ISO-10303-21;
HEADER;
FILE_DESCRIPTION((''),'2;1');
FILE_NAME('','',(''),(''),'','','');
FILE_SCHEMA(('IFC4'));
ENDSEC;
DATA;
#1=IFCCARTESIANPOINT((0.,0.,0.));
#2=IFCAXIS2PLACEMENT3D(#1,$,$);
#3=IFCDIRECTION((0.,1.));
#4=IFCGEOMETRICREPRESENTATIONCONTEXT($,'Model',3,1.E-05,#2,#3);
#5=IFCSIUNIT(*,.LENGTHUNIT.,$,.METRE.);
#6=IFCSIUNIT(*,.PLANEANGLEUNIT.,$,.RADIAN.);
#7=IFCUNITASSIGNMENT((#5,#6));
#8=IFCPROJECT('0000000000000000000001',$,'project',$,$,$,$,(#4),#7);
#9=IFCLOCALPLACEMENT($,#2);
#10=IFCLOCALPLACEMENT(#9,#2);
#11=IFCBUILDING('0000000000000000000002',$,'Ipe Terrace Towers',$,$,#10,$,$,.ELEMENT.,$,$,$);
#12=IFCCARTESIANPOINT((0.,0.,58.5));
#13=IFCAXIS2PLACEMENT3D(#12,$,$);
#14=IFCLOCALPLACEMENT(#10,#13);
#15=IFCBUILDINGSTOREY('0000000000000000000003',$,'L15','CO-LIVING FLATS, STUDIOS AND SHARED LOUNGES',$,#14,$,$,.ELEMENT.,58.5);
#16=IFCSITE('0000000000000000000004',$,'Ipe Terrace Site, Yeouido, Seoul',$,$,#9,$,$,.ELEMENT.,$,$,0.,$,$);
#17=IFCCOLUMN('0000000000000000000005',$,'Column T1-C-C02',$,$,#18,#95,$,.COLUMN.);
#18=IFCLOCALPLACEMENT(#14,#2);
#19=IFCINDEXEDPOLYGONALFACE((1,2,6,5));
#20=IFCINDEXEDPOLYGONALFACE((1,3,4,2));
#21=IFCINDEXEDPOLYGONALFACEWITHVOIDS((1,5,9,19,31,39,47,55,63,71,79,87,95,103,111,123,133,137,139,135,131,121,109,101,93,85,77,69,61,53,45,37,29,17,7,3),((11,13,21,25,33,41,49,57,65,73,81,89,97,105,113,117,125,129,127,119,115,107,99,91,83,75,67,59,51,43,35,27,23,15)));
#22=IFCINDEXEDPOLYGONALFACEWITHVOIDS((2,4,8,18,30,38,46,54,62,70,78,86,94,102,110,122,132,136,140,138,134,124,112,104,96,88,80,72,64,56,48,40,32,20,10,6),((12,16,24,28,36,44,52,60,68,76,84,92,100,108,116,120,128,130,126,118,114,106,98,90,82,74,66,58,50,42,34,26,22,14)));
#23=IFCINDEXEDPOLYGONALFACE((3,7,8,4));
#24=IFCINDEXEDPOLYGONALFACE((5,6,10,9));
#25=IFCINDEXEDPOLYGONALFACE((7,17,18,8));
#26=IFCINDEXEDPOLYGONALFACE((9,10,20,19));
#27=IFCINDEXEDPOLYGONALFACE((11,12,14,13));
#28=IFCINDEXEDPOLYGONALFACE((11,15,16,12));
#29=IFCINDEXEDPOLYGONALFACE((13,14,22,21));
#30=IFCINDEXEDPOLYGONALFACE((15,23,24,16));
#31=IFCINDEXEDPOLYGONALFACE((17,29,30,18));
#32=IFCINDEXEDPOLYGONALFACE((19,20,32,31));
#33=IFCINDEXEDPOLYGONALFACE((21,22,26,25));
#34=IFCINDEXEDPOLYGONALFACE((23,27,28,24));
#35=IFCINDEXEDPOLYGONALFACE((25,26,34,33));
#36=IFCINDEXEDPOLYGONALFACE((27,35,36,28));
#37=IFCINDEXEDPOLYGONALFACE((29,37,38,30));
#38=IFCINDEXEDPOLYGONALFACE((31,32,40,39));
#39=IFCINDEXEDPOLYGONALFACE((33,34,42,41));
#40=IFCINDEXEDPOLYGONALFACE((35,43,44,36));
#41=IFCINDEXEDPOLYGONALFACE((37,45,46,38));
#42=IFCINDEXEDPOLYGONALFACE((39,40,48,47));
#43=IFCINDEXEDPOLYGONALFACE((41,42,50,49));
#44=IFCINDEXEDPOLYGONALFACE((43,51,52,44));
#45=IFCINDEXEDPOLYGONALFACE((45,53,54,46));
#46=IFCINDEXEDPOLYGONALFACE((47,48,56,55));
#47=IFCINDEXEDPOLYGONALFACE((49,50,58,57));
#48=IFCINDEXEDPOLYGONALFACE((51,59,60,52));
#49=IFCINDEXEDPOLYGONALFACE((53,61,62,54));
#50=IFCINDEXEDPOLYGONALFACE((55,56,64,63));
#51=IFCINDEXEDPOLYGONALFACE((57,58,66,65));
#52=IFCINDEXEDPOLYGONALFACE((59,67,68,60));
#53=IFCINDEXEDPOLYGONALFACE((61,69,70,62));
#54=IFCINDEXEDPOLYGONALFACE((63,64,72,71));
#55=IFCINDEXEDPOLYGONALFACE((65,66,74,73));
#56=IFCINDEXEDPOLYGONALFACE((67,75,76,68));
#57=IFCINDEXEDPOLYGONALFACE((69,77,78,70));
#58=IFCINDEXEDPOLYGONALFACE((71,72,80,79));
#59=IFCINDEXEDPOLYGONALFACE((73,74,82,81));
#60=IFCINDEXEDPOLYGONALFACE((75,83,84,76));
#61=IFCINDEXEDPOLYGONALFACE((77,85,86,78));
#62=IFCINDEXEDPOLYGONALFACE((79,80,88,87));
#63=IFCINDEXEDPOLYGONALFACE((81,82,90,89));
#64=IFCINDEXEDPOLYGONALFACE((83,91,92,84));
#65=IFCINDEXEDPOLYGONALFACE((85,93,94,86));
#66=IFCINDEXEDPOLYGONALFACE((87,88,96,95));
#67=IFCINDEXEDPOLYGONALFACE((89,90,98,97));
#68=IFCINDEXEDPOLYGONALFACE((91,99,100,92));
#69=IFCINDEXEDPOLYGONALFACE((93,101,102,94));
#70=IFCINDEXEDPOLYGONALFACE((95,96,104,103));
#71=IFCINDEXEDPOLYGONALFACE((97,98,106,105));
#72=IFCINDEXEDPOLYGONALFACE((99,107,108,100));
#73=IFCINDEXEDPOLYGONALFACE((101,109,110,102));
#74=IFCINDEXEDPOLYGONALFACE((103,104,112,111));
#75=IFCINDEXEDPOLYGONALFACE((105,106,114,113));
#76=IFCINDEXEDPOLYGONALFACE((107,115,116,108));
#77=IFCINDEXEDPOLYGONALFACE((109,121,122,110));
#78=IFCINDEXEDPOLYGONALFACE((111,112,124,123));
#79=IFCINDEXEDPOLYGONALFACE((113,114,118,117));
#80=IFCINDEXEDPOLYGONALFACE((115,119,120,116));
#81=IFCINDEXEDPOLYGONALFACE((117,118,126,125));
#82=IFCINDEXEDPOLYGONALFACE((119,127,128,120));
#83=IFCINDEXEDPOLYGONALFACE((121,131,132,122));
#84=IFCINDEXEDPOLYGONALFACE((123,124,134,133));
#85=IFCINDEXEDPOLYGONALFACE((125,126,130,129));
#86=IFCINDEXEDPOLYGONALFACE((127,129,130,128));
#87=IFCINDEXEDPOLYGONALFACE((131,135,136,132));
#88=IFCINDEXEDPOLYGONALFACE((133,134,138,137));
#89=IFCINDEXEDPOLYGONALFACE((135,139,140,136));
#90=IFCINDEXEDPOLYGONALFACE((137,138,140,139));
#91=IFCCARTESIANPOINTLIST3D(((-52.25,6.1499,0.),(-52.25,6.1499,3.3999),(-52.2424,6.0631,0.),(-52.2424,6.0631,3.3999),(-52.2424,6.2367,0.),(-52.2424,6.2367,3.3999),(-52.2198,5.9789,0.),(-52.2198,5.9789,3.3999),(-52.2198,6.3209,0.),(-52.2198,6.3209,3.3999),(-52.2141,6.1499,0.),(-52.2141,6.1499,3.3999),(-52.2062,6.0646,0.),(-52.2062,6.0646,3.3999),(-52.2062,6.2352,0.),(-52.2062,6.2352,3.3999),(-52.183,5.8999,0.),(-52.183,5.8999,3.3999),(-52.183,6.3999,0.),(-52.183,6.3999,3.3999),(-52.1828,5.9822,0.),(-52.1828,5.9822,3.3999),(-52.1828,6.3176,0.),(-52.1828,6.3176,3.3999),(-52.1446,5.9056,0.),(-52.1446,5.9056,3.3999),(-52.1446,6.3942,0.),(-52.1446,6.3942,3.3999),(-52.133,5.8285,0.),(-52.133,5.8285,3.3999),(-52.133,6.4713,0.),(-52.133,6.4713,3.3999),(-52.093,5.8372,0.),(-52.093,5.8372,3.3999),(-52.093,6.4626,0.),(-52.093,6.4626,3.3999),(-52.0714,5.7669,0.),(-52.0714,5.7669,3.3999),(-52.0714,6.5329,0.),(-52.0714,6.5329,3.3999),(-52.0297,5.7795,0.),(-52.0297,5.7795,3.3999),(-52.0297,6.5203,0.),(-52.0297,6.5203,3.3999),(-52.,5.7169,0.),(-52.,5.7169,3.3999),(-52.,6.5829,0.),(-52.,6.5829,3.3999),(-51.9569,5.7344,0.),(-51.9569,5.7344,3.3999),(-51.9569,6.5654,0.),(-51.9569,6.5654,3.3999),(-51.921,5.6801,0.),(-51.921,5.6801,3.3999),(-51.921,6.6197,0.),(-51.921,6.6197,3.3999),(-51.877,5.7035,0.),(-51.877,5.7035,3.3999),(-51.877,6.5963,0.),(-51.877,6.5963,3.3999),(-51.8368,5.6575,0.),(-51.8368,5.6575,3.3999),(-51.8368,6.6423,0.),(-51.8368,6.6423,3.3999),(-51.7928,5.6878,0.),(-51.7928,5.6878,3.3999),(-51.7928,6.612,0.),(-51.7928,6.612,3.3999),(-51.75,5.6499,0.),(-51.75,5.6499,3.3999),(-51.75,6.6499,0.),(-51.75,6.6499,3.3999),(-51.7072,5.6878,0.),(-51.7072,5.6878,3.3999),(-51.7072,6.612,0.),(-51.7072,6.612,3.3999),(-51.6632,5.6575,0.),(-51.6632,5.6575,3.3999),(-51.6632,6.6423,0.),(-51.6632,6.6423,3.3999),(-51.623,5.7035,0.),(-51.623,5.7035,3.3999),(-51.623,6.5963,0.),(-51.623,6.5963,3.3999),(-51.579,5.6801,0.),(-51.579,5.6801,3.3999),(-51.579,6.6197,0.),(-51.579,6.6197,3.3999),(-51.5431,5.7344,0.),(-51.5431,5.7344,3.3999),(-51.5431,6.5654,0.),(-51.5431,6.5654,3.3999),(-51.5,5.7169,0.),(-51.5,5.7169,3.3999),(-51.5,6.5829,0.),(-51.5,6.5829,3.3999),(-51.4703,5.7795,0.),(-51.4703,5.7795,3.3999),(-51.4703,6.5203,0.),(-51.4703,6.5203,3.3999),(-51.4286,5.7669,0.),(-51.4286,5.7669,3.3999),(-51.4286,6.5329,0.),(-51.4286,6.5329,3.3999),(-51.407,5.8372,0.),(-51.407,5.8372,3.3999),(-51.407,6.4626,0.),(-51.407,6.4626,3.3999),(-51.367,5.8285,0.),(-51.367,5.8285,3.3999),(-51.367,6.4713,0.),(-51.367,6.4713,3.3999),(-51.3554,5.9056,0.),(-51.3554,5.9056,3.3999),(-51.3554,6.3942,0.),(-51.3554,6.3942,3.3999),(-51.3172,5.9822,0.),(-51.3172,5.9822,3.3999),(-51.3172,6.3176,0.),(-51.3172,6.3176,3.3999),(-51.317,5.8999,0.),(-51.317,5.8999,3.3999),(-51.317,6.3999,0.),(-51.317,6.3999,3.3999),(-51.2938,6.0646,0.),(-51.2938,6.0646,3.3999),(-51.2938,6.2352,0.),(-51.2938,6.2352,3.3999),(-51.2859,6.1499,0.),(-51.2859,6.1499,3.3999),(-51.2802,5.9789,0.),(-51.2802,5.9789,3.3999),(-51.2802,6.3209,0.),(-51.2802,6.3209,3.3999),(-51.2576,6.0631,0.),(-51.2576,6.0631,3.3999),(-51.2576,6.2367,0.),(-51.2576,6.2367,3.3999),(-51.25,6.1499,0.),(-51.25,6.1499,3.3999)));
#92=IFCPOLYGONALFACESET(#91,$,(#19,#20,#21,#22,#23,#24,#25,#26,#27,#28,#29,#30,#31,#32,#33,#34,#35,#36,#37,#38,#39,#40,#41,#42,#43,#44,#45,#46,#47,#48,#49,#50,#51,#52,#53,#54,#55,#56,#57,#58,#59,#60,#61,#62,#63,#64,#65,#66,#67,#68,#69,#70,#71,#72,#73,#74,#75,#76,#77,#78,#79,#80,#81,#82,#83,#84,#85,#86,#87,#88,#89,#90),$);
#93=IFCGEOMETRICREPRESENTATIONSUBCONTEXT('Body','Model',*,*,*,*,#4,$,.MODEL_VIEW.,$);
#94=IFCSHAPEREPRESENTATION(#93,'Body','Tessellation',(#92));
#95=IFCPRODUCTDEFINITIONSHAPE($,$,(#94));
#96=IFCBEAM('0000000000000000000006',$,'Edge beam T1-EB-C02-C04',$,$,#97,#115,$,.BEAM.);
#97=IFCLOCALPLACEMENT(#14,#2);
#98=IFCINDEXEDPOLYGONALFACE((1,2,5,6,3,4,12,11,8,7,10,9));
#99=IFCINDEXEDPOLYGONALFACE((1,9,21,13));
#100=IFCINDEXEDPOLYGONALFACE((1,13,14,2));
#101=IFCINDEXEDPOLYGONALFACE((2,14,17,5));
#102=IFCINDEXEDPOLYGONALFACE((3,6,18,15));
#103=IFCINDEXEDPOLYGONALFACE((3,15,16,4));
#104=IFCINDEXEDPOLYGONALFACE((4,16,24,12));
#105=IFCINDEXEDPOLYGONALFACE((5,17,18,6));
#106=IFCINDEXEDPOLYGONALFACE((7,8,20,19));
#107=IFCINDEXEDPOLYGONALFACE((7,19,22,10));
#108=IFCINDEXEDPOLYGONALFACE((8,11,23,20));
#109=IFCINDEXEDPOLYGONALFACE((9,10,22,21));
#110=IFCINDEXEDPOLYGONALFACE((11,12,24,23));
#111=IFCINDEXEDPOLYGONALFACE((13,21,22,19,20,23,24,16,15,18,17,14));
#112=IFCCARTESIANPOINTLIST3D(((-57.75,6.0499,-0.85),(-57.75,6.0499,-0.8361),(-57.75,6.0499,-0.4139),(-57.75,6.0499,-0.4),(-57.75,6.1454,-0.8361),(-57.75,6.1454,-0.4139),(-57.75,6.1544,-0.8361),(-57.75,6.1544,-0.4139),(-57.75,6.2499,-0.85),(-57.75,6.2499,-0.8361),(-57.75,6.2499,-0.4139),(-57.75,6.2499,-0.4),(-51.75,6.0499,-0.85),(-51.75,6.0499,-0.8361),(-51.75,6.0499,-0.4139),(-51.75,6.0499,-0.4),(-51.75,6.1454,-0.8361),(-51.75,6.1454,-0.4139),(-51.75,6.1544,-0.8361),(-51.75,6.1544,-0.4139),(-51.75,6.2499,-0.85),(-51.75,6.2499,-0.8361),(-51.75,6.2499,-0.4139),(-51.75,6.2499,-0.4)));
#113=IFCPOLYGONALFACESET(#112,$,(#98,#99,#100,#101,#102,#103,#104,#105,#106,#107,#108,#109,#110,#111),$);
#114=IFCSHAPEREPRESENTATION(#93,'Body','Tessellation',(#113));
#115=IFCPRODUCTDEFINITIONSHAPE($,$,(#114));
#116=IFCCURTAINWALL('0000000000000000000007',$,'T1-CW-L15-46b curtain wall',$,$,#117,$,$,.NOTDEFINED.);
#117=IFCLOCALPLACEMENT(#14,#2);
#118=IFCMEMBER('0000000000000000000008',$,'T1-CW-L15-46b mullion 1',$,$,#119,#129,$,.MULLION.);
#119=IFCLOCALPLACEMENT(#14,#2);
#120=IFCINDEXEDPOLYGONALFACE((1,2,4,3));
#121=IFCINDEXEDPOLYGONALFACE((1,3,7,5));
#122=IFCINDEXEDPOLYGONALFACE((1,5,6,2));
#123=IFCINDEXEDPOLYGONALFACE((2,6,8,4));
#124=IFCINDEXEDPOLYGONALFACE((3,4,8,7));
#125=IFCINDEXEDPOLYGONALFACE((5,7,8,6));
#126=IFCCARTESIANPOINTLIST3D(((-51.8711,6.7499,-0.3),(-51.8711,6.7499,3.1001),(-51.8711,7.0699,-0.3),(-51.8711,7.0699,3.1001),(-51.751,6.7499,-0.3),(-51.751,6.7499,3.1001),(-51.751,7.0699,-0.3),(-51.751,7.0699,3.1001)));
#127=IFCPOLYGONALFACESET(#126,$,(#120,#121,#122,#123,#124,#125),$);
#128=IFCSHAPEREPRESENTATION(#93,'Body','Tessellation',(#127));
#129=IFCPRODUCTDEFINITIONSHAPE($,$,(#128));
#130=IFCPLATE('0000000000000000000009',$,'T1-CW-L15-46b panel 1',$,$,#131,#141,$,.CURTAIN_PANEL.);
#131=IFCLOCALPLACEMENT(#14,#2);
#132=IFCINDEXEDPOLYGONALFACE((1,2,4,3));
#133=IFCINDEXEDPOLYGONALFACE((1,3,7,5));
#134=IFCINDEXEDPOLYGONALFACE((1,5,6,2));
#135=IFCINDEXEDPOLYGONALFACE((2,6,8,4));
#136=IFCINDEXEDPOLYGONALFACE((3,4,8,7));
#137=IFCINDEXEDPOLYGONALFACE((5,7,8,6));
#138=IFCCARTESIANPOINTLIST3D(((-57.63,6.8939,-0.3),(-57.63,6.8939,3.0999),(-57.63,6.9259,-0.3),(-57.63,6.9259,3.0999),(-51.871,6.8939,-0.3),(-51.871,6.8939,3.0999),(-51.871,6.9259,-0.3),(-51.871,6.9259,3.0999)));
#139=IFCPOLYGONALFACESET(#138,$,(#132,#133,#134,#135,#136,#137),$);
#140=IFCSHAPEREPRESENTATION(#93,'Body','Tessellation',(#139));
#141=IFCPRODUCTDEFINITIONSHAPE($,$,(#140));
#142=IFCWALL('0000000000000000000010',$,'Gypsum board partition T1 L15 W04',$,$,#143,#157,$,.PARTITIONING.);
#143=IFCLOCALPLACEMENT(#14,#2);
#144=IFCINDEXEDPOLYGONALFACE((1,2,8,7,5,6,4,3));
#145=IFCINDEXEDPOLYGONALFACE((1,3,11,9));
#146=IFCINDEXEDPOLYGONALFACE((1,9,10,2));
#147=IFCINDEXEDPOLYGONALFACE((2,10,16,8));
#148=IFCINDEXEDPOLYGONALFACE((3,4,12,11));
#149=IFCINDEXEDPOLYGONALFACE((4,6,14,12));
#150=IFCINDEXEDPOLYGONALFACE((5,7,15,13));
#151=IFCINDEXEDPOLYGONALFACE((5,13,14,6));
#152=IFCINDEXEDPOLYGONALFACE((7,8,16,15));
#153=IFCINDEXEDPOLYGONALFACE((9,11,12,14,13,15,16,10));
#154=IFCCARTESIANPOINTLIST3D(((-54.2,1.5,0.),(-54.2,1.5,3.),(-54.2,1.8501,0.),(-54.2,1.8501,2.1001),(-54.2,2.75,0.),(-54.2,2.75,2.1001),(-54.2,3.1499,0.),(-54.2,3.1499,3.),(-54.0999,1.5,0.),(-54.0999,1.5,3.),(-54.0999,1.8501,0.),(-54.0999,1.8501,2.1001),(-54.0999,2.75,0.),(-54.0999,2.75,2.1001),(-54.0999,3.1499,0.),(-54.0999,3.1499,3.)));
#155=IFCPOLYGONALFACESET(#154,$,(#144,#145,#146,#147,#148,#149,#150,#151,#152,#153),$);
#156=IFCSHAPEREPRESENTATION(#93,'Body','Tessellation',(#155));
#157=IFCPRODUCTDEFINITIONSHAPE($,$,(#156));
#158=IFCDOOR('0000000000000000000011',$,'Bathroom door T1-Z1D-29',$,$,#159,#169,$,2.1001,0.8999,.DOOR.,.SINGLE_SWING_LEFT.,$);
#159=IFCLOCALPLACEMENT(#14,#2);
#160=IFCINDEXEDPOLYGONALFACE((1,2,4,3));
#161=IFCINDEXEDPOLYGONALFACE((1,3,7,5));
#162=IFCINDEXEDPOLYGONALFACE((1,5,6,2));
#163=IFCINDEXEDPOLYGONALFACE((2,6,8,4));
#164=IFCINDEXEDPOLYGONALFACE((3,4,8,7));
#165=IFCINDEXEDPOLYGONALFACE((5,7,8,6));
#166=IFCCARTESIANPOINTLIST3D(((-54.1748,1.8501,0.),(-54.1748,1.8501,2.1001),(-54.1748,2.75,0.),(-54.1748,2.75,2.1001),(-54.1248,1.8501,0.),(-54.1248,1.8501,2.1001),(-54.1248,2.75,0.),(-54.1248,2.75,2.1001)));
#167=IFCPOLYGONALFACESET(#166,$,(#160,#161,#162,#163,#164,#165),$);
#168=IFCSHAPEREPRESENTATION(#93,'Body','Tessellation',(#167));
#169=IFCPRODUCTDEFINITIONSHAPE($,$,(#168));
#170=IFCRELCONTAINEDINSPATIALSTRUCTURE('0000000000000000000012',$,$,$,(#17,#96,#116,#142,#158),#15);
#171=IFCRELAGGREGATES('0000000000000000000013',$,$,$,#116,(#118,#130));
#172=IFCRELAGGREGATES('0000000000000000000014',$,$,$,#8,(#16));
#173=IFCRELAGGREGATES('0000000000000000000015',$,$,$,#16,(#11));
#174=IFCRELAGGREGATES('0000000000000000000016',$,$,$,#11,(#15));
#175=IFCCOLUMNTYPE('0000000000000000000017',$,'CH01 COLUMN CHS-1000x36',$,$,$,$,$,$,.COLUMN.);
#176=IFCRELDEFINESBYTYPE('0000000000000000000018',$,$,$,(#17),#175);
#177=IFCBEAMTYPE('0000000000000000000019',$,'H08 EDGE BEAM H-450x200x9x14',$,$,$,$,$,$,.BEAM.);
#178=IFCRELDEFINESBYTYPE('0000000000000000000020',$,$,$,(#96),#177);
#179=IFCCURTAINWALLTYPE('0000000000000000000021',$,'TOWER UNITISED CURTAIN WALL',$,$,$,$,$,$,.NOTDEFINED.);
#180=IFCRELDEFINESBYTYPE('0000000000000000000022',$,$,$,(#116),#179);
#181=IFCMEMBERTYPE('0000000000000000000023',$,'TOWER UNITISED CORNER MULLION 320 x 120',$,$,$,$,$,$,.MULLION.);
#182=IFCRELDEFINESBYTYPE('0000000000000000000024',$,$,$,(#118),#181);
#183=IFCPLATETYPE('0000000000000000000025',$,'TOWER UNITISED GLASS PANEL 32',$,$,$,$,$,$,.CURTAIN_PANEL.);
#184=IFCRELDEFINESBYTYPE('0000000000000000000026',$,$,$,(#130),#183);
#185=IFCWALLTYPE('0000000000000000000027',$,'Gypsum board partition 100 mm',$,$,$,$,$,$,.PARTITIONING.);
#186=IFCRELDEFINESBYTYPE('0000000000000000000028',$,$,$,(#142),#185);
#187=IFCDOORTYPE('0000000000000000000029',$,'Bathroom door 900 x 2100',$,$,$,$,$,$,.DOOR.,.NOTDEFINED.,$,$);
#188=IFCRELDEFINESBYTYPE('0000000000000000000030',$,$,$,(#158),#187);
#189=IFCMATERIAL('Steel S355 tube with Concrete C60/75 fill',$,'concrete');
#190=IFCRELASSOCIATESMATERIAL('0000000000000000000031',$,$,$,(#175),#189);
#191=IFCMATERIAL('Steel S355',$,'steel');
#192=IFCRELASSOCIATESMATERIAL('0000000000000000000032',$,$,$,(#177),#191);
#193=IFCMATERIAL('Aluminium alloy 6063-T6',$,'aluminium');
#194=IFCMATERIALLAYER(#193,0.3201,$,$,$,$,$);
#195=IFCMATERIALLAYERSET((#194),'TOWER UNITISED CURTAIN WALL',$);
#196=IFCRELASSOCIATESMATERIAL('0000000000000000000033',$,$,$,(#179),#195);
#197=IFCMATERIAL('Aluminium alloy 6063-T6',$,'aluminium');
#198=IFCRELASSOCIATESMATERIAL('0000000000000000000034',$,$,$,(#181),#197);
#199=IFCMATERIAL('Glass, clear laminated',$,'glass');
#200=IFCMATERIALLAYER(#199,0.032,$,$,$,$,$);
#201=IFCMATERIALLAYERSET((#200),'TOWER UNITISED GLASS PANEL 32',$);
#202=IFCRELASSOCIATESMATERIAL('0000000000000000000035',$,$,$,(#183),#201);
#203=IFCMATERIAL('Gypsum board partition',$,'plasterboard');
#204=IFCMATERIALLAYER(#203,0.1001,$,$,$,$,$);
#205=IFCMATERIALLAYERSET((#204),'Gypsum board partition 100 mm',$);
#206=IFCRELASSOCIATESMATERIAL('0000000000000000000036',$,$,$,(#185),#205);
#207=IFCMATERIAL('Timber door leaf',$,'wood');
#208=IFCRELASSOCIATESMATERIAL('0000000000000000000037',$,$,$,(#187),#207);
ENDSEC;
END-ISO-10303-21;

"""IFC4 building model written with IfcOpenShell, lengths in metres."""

from ifc_helpers import new_model, si_unit, direction, frame, frame_2d, origin, origin_2d, place, context, subcontext, project, spatial, rectangle, hollow_circle, i_section, extrude, material, layer, layer_set, material_profile, profile_set, type_object, element, fill, aggregate, save


model = new_model("IFC4")

# Units and contexts
model_context = context("Model", 3, precision=1e-05, world=origin(), true_north=direction((0.0, 1.0)))
body_context = subcontext(model_context, "Body", "Model", "MODEL_VIEW")
ifc_project = project(units=[si_unit("LENGTHUNIT", "METRE"), si_unit("PLANEANGLEUNIT", "RADIAN")], contexts=[model_context])

# Site, building, storey
site_placement = place(None, origin())
site = spatial("IfcSite", under=ifc_project, at=site_placement, Name="Ipe Terrace Site, Yeouido, Seoul", CompositionType="ELEMENT", RefElevation=0.0)
building_placement = place(site_placement, origin())
building = spatial("IfcBuilding", under=site, at=building_placement, Name="Ipe Terrace Towers", CompositionType="ELEMENT")
storey_placement = place(building_placement, frame((0.0, 0.0, 58.5)))
storey = spatial("IfcBuildingStorey", under=building, at=storey_placement, Name="L15", Description="CO-LIVING FLATS, STUDIOS AND SHARED LOUNGES", CompositionType="ELEMENT", Elevation=58.5)

# Column
ifc_material_1 = material(Name="Steel S355 tube with Concrete C60/75 fill", Category="concrete")
ifc_material_profile_1 = material_profile(ifc_material_1, hollow_circle(Radius=0.5, WallThickness=0.0359, at=origin_2d()), Name="CHS-1000x36")
ifc_profile_set_1 = profile_set([ifc_material_profile_1], Name="Steel S355 tube with Concrete C60/75 fill")
column_type = type_object("IfcColumnType", Name="CH01 COLUMN CHS-1000x36", PredefinedType="COLUMN", material=ifc_profile_set_1)
column_placement = place(storey_placement, frame((-51.75, 6.1499, 0.0), z_axis=(0.0, 0.0, 1.0), x_axis=(1.0, 0.0, 0.0)))
element("IfcColumn", 1, at=column_placement, inside=storey, type_object=column_type, Name="Column T1-C-C02", PredefinedType="COLUMN", context=body_context, shape_type="SweptSolid", body=[
    extrude(hollow_circle(Radius=0.5, WallThickness=0.0359, at=origin_2d()), origin(), (0.0, 0.0, 1.0), 3.3999),
])

# Beam
ifc_material_2 = material(Name="Steel S355", Category="steel")
ifc_material_profile_2 = material_profile(ifc_material_2, i_section(OverallWidth=0.2, OverallDepth=0.45, WebThickness=0.009, FlangeThickness=0.0139, at=origin_2d()), Name="H-450x200x9x14")
ifc_profile_set_2 = profile_set([ifc_material_profile_2], Name="Steel S355")
beam_type = type_object("IfcBeamType", Name="H08 EDGE BEAM H-450x200x9x14", PredefinedType="BEAM", material=ifc_profile_set_2)
beam_placement = place(storey_placement, frame((-51.75, 6.1499, -0.625), z_axis=(-1.0, 0.0, 0.0), x_axis=(0.0, -1.0, 0.0)))
element("IfcBeam", 2, at=beam_placement, inside=storey, type_object=beam_type, Name="Edge beam T1-EB-C02-C04", PredefinedType="BEAM", context=body_context, shape_type="SweptSolid", body=[
    extrude(i_section(OverallWidth=0.2, OverallDepth=0.45, WebThickness=0.009, FlangeThickness=0.0139, at=origin_2d()), origin(), (0.0, 0.0, 1.0), 6.0),
])

# Curtain wall, member, plate
ifc_material_3 = material(Name="Aluminium alloy 6063-T6", Category="aluminium")
ifc_layer_1 = layer(ifc_material_3, 0.3201)
ifc_layer_set_1 = layer_set([ifc_layer_1], Name="TOWER UNITISED CURTAIN WALL")
curtain_wall_type = type_object("IfcCurtainWallType", Name="TOWER UNITISED CURTAIN WALL", PredefinedType="NOTDEFINED", material=ifc_layer_set_1)
curtain_wall_placement = place(storey_placement, origin())
curtain_wall = element("IfcCurtainWall", 3, at=curtain_wall_placement, inside=storey, type_object=curtain_wall_type, Name="T1-CW-L15-46b curtain wall", PredefinedType="NOTDEFINED")
ifc_material_4 = material(Name="Aluminium alloy 6063-T6", Category="aluminium")
ifc_material_profile_3 = material_profile(ifc_material_4, rectangle(XDim=0.3201, YDim=0.1201, at=origin_2d()), Name="TOWER UNITISED CORNER MULLION 320 x 120")
ifc_profile_set_3 = profile_set([ifc_material_profile_3], Name="Aluminium alloy 6063-T6")
member_type = type_object("IfcMemberType", Name="TOWER UNITISED CORNER MULLION 320 x 120", PredefinedType="MULLION", material=ifc_profile_set_3)
member_placement = place(storey_placement, frame((-51.811, 6.9099, -0.3), z_axis=(0.0, 0.0, 1.0), x_axis=(0.0, 1.0, 0.0)))
member = element("IfcMember", 4, at=member_placement, type_object=member_type, Name="T1-CW-L15-46b mullion 1", PredefinedType="MULLION", context=body_context, shape_type="SweptSolid", body=[
    extrude(rectangle(XDim=0.3201, YDim=0.1201, at=origin_2d()), origin(), (0.0, 0.0, 1.0), 3.4001),
])
ifc_material_5 = material(Name="Glass, clear laminated", Category="glass")
ifc_layer_2 = layer(ifc_material_5, 0.032)
ifc_layer_set_2 = layer_set([ifc_layer_2], Name="TOWER UNITISED GLASS PANEL 32")
plate_type = type_object("IfcPlateType", Name="TOWER UNITISED GLASS PANEL 32", PredefinedType="CURTAIN_PANEL", material=ifc_layer_set_2)
plate_placement = place(storey_placement, frame((-54.7505, 6.9099, -0.3), z_axis=(0.0, 0.0, 1.0), x_axis=(-1.0, 0.0, 0.0)))
plate = element("IfcPlate", 5, at=plate_placement, type_object=plate_type, Name="T1-CW-L15-46b panel 1", PredefinedType="CURTAIN_PANEL", context=body_context, shape_type="SweptSolid", body=[
    extrude(rectangle(XDim=5.759, YDim=0.032, at=origin_2d()), origin(), (0.0, 0.0, 1.0), 3.3999),
])
aggregate(curtain_wall, [member, plate])

# Wall, opening, door
ifc_material_6 = material(Name="Gypsum board partition", Category="plasterboard")
ifc_layer_3 = layer(ifc_material_6, 0.1001)
ifc_layer_set_3 = layer_set([ifc_layer_3], Name="Gypsum board partition 100 mm")
wall_type_1 = type_object("IfcWallType", Name="Gypsum board partition 100 mm", PredefinedType="PARTITIONING", material=ifc_layer_set_3)
wall_1_placement = place(storey_placement, frame((-54.1499, 1.5, 0.0), z_axis=(0.0, 0.0, 1.0), x_axis=(0.0, 1.0, 0.0)))
wall_1 = element("IfcWall", 6, at=wall_1_placement, inside=storey, type_object=wall_type_1, Name="Gypsum board partition T1 L15 W04", PredefinedType="PARTITIONING", context=body_context, shape_type="SweptSolid", body=[
    extrude(rectangle(XDim=1.6499, YDim=0.1001, at=frame_2d((0.825, 0.0))), origin(), (0.0, 0.0, 1.0), 3.0),
])
opening_1_placement = place(wall_1_placement, frame((0.3501, 0.0, 0.0)))
opening_1 = element("IfcOpeningElement", 7, at=opening_1_placement, cuts=wall_1, PredefinedType="OPENING", context=body_context, shape_type="SweptSolid", body=[
    extrude(rectangle(XDim=0.8999, YDim=2.1001, at=frame_2d((0.45, 1.05))), frame((0.0, 0.0601, 0.0), z_axis=(0.0, -1.0, 0.0), x_axis=(1.0, 0.0, 0.0)), (0.0, 0.0, 1.0), 0.1201),
])
ifc_material_7 = material(Name="Timber door leaf", Category="wood")
door_type_1 = type_object("IfcDoorType", Name="Bathroom door 900 x 2100", OperationType="NOTDEFINED", PredefinedType="DOOR", material=ifc_material_7)
door_1_placement = place(opening_1_placement, origin())
door_1 = element("IfcDoor", 8, at=door_1_placement, inside=storey, type_object=door_type_1, Name="Bathroom door T1-Z1D-29", OperationType="SINGLE_SWING_LEFT", OverallHeight=2.1001, OverallWidth=0.8999, PredefinedType="DOOR", context=body_context, shape_type="SweptSolid", body=[
    extrude(rectangle(XDim=0.8999, YDim=2.1001, at=frame_2d((0.45, 1.05))), frame((0.0, 0.0249, 0.0), z_axis=(0.0, -1.0, 0.0), x_axis=(1.0, 0.0, 0.0)), (0.0, 0.0, 1.0), 0.05),
])
fill(opening_1, door_1)

save(model, "model.ifc")
